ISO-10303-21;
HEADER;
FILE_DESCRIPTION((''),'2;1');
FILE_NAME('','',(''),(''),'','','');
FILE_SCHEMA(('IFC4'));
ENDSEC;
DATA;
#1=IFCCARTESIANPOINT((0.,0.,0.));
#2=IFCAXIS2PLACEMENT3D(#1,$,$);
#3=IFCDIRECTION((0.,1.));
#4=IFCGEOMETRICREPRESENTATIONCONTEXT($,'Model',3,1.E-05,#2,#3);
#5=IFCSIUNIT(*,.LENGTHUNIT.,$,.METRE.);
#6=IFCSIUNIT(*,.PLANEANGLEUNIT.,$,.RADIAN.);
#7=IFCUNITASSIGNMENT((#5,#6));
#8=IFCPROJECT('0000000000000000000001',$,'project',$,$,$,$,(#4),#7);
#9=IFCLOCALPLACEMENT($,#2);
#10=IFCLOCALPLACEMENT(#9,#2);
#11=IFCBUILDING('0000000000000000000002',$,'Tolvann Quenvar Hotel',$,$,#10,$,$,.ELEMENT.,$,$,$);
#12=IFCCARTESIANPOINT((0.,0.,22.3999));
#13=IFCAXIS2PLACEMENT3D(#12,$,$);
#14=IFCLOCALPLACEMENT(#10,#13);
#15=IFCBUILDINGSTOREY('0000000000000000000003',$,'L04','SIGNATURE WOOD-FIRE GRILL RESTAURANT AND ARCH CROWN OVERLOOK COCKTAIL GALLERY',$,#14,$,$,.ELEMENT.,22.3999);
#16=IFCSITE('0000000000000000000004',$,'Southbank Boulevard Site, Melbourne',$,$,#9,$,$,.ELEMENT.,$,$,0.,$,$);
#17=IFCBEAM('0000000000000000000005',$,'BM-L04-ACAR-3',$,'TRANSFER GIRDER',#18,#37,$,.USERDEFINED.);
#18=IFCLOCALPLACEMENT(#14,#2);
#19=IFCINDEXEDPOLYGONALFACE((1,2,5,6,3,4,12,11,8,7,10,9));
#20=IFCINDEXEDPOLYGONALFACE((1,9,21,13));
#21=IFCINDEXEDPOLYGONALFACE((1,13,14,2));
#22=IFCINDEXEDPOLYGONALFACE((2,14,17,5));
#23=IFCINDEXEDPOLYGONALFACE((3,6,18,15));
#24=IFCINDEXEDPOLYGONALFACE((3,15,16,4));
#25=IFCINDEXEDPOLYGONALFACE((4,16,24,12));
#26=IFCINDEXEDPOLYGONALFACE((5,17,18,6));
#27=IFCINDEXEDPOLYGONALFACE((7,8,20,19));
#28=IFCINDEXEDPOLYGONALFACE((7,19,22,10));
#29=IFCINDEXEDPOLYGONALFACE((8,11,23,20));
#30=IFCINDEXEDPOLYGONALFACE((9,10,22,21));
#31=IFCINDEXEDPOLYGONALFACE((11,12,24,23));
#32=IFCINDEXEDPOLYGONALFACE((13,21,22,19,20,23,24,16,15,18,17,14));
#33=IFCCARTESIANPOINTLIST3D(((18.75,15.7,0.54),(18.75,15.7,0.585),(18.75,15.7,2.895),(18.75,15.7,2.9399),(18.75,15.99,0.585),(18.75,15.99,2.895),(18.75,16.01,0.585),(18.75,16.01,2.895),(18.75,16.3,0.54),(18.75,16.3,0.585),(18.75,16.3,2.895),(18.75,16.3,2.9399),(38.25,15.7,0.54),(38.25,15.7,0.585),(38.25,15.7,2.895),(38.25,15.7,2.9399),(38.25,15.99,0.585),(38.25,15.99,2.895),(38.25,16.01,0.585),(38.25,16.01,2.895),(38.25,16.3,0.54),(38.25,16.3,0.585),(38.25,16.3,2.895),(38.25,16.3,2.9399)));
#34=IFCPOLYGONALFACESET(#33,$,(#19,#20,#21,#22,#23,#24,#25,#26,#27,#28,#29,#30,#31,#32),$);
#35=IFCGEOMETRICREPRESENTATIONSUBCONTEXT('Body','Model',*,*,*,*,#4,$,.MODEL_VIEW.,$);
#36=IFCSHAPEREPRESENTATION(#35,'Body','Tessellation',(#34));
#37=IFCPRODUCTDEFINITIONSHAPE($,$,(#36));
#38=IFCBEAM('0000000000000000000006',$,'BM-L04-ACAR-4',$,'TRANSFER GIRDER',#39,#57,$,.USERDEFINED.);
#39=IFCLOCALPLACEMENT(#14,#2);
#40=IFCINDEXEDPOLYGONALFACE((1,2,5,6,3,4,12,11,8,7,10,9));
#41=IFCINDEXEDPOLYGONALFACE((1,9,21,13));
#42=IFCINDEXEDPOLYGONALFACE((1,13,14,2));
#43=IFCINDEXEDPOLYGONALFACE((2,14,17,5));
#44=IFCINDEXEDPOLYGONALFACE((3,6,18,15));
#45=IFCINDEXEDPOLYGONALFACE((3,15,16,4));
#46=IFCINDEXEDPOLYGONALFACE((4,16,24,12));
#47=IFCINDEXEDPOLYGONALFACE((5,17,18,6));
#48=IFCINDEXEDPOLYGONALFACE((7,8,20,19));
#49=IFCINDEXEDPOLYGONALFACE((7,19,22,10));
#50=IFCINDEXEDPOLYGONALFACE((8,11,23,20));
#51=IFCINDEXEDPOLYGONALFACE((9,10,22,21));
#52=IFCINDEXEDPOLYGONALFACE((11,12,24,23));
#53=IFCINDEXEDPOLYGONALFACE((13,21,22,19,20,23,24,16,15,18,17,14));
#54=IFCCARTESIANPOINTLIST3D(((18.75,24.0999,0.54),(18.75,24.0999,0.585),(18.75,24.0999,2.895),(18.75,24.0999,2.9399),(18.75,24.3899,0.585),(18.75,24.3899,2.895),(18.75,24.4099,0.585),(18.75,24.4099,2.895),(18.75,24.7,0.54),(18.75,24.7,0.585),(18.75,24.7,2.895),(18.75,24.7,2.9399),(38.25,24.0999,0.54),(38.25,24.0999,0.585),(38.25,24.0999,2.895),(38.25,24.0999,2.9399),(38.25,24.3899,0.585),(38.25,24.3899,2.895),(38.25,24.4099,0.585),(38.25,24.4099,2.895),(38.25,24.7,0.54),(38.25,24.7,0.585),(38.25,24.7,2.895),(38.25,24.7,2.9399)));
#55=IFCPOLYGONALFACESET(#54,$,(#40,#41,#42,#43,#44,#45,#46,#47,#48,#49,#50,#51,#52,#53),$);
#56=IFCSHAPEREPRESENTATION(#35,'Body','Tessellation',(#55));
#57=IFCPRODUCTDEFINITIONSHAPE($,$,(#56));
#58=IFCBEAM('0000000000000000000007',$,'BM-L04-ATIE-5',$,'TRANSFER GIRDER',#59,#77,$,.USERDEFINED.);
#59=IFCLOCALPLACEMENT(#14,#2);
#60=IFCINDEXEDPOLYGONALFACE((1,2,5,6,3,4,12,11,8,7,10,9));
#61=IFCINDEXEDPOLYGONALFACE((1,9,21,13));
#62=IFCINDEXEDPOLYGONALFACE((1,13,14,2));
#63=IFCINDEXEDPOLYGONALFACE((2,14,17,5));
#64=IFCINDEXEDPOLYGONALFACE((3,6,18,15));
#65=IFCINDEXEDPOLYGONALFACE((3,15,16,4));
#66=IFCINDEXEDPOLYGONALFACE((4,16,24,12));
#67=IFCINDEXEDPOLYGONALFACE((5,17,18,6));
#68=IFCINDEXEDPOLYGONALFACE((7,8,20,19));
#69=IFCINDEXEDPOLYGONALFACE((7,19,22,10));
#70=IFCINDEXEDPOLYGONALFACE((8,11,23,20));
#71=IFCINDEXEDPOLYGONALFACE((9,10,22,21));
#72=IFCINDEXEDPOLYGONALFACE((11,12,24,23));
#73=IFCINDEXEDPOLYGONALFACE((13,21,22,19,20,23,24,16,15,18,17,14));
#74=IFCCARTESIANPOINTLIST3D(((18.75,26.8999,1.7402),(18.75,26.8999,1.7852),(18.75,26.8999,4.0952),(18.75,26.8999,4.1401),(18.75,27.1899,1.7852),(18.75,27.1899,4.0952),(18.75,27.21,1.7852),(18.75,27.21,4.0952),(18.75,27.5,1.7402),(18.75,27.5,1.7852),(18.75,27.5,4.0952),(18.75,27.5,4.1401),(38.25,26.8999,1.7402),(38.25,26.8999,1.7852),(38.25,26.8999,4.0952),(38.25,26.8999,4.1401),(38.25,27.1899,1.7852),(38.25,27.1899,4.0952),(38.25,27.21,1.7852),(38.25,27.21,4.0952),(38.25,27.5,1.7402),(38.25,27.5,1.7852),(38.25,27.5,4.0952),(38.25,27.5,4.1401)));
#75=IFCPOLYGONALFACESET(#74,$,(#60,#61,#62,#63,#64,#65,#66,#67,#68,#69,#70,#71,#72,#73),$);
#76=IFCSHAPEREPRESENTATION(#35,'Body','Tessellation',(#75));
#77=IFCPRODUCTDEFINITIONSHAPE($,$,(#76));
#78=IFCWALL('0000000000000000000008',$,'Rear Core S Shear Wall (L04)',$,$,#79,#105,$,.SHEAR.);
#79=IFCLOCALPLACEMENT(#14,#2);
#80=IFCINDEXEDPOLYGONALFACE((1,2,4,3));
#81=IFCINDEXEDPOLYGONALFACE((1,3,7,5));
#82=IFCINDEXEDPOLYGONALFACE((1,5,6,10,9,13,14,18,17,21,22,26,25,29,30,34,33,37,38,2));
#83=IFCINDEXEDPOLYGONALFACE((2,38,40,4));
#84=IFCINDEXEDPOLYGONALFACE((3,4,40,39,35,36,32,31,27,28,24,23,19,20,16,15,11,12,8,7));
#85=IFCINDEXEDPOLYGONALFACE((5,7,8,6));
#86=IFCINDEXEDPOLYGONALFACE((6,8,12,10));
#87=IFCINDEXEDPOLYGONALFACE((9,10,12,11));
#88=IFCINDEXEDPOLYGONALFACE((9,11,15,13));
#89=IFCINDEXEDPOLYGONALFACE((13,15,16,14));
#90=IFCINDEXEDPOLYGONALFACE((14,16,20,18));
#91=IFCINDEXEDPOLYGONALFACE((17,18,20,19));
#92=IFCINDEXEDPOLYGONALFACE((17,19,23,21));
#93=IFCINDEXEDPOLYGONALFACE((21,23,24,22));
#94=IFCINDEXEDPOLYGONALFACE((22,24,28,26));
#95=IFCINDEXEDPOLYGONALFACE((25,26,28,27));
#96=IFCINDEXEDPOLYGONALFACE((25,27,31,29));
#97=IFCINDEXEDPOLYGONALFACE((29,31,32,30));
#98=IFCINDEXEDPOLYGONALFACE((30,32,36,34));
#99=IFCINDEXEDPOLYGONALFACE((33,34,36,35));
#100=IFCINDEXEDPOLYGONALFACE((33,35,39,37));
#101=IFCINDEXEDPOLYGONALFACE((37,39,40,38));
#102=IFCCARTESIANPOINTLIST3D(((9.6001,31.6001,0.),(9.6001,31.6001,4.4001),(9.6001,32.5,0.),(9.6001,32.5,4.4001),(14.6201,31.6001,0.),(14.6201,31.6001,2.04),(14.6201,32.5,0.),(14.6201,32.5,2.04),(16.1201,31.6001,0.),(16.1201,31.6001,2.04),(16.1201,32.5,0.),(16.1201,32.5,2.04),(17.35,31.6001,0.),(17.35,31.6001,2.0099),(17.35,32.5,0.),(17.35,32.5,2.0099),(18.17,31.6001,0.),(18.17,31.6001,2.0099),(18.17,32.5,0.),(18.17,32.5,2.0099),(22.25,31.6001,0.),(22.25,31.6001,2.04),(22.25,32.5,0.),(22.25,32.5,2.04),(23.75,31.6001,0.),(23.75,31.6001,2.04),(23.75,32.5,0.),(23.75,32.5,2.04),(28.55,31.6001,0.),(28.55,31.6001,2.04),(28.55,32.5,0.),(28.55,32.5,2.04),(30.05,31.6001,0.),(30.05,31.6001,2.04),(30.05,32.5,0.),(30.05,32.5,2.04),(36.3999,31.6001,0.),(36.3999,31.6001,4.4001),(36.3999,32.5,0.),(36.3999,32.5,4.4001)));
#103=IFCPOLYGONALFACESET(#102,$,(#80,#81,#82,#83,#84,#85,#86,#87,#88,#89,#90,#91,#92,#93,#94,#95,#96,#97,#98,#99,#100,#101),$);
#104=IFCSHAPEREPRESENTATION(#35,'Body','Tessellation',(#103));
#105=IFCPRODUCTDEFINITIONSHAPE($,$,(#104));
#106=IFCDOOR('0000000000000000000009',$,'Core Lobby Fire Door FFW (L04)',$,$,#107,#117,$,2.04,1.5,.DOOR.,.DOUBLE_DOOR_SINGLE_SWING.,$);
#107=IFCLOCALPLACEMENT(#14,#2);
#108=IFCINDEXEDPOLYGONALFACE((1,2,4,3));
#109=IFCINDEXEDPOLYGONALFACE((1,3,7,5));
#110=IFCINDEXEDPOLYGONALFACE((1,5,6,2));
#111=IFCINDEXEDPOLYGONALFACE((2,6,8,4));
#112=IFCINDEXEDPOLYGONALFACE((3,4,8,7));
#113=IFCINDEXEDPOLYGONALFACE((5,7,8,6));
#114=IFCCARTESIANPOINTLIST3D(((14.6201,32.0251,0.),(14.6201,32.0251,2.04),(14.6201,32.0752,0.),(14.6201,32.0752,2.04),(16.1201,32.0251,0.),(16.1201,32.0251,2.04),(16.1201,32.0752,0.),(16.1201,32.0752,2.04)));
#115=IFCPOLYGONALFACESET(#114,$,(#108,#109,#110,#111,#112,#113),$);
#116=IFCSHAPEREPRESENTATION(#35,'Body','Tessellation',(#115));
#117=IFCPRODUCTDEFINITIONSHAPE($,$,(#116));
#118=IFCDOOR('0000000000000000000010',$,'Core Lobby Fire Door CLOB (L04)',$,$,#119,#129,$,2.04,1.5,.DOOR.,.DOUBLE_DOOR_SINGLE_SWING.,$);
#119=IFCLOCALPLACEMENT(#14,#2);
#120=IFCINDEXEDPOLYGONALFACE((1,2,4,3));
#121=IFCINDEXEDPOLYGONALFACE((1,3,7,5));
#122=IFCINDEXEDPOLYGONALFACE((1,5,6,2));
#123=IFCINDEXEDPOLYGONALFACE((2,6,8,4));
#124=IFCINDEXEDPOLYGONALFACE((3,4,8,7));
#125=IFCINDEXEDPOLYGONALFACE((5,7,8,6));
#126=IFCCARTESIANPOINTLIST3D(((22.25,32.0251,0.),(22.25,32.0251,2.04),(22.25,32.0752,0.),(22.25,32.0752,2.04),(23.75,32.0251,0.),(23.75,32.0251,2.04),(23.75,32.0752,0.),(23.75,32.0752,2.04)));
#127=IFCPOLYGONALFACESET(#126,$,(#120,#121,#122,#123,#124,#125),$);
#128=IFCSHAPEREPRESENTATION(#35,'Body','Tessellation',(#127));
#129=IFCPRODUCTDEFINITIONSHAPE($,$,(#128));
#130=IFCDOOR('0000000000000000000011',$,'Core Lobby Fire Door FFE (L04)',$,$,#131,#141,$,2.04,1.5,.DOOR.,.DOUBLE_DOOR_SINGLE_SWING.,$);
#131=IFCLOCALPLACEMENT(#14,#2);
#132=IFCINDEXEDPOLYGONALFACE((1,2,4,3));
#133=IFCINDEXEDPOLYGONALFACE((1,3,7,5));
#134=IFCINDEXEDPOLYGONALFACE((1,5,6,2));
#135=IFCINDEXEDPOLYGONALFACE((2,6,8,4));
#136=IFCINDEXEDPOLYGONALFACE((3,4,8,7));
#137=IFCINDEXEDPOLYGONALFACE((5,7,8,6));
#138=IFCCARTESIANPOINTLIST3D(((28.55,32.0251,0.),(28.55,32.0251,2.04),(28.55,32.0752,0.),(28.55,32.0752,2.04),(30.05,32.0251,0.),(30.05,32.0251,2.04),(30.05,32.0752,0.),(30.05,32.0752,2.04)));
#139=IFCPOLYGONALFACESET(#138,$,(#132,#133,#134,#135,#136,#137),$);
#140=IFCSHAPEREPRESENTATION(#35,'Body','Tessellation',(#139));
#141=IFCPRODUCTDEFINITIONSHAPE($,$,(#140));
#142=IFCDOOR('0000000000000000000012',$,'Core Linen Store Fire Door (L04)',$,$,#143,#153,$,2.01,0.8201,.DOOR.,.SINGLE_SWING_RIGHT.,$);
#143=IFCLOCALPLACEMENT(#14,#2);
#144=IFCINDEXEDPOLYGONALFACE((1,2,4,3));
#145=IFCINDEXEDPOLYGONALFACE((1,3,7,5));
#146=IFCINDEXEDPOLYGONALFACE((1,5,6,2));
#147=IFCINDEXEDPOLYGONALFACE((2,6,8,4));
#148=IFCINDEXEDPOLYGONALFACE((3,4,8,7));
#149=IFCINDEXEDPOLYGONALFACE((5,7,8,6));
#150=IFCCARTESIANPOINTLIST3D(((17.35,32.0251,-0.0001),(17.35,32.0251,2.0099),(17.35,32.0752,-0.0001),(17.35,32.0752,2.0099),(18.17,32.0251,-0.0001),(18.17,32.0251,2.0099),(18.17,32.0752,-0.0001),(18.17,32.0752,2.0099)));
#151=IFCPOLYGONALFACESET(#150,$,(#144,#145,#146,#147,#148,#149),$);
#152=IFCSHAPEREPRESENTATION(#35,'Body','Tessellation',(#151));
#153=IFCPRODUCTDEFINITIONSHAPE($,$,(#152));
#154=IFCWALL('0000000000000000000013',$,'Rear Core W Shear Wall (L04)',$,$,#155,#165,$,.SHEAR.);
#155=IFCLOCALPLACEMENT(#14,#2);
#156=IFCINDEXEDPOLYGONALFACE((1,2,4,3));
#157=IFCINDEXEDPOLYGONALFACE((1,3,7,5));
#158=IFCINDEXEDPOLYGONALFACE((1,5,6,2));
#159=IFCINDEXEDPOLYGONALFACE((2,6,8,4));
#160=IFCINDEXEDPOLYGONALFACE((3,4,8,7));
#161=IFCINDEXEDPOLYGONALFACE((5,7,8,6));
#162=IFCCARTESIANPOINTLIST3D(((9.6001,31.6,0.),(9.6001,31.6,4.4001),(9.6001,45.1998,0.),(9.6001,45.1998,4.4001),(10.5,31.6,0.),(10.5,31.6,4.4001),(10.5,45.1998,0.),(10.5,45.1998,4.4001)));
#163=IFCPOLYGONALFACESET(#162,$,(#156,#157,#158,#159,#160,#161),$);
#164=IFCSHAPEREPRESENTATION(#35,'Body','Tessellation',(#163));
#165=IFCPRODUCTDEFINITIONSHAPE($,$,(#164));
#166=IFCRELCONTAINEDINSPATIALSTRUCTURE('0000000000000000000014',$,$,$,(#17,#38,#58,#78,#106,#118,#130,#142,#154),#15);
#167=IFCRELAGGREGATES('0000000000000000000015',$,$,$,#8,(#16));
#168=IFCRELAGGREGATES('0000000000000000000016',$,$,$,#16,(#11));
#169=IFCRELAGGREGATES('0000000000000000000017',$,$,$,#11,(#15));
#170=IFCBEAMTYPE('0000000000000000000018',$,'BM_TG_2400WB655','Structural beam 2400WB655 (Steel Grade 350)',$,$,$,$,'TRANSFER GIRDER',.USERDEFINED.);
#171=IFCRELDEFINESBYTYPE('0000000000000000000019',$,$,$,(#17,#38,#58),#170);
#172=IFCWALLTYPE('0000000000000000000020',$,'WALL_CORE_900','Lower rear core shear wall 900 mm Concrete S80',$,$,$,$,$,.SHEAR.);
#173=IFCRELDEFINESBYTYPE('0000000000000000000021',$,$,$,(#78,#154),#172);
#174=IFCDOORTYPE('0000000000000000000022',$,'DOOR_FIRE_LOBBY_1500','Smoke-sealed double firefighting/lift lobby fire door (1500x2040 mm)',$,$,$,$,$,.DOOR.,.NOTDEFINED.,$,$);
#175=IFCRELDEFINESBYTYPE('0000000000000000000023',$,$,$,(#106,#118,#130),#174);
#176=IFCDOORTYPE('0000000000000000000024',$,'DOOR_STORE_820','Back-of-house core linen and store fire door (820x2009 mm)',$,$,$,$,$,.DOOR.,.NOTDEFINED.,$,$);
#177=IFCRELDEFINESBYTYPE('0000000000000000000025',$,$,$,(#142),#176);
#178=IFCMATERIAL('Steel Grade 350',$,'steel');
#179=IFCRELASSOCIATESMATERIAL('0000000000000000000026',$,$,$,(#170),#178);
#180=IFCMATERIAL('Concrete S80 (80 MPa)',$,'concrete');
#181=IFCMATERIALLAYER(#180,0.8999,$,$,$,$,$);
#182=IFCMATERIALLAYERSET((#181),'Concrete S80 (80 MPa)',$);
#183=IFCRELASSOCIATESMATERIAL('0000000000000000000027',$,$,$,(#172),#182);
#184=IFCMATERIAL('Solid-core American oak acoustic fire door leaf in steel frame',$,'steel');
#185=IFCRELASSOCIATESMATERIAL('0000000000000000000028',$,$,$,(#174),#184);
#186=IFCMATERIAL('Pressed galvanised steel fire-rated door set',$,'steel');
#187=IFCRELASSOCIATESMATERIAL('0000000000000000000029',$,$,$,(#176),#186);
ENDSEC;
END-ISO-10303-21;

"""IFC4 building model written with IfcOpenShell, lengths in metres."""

from ifc_helpers import new_model, si_unit, direction, frame, frame_2d, origin, origin_2d, place, context, subcontext, project, spatial, rectangle, i_section, extrude, source, transform, mapped, material, layer, layer_set, material_profile, profile_set, type_object, type_shapes, element, fill, save


model = new_model("IFC4")

# Units and contexts
model_context = context("Model", 3, precision=1e-05, world=origin(), true_north=direction((0.0, 1.0)))
body_context = subcontext(model_context, "Body", "Model", "MODEL_VIEW")
ifc_project = project(units=[si_unit("LENGTHUNIT", "METRE"), si_unit("PLANEANGLEUNIT", "RADIAN")], contexts=[model_context])

# Site, building, storey
site_placement = place(None, origin())
site = spatial("IfcSite", under=ifc_project, at=site_placement, Name="Southbank Boulevard Site, Melbourne", CompositionType="ELEMENT", RefElevation=0.0)
building_placement = place(site_placement, origin())
building = spatial("IfcBuilding", under=site, at=building_placement, Name="Tolvann Quenvar Hotel", CompositionType="ELEMENT")
storey_placement = place(building_placement, frame((0.0, 0.0, 22.3999)))
storey = spatial("IfcBuildingStorey", under=building, at=storey_placement, Name="L04", Description="SIGNATURE WOOD-FIRE GRILL RESTAURANT AND ARCH CROWN OVERLOOK COCKTAIL GALLERY", CompositionType="ELEMENT", Elevation=22.3999)

# Shared definitions
ifc_material_1 = material(Name="Concrete S80 (80 MPa)", Category="concrete")

# Beams
ifc_material_2 = material(Name="Steel Grade 350", Category="steel")
ifc_material_profile_1 = material_profile(ifc_material_2, i_section(OverallWidth=0.6001, OverallDepth=2.3999, WebThickness=0.02, FlangeThickness=0.0449, at=origin_2d()), Name="2400WB655")
ifc_profile_set_1 = profile_set([ifc_material_profile_1], Name="Steel Grade 350")
beam_type_1 = type_object("IfcBeamType", Name="BM_TG_2400WB655", Description="Structural beam 2400WB655 (Steel Grade 350)", ElementType="TRANSFER GIRDER", PredefinedType="USERDEFINED", material=ifc_profile_set_1)
shared_shape_1 = source(origin(), body_context, "Body", "SweptSolid", [
    extrude(i_section(OverallWidth=0.6001, OverallDepth=2.3999, WebThickness=0.02, FlangeThickness=0.0449, at=origin_2d()), origin(), (0.0, 0.0, 1.0), 19.5),
])
type_shapes(beam_type_1, [shared_shape_1])
for number, where, z_axis, x_axis, name in (
    (1, (18.75, 16.0, 1.74), (1.0, 0.0, 0.0), (0.0, 1.0, 0.0), "BM-L04-ACAR-3"),
    (2, (18.75, 24.3999, 1.74), (1.0, 0.0, 0.0), (0.0, 1.0, 0.0), "BM-L04-ACAR-4"),
    (3, (18.75, 27.2, 2.9402), (1.0, 0.0, 0.0), (0.0, 1.0, 0.0), "BM-L04-ATIE-5"),
):
    element("IfcBeam", number, at=place(storey_placement, frame(where, z_axis=z_axis, x_axis=x_axis)), inside=storey, type_object=beam_type_1, Name=name, ObjectType="TRANSFER GIRDER", PredefinedType="USERDEFINED", context=body_context, shape_type="MappedRepresentation", body=[
        mapped(shared_shape_1, transform((0.0, 0.0, 0.0), x_axis=(1.0, 0.0, 0.0), y_axis=(0.0, 1.0, 0.0), z_axis=(0.0, 0.0, 1.0), scale=1.0)),
    ])

# Wall, openings, doors
ifc_layer_1 = layer(ifc_material_1, 0.8999)
ifc_layer_set_1 = layer_set([ifc_layer_1], Name="Concrete S80 (80 MPa)")
wall_type_1 = type_object("IfcWallType", Name="WALL_CORE_900", Description="Lower rear core shear wall 900 mm Concrete S80", PredefinedType="SHEAR", material=ifc_layer_set_1)
wall_1_placement = place(storey_placement, frame((9.6001, 32.05, 0.0), z_axis=(0.0, 0.0, 1.0), x_axis=(1.0, 0.0, 0.0)))
wall_1 = element("IfcWall", 4, at=wall_1_placement, inside=storey, type_object=wall_type_1, Name="Rear Core S Shear Wall (L04)", PredefinedType="SHEAR", context=body_context, shape_type="SweptSolid", body=[
    extrude(rectangle(XDim=26.7998, YDim=0.8999, at=frame_2d((13.3999, 0.0))), origin(), (0.0, 0.0, 1.0), 4.4001),
])
opening_1_placement = place(wall_1_placement, frame((6.52, 0.0, 0.0), z_axis=(0.0, 0.0, 1.0), x_axis=(-1.0, 0.0, 0.0)))
opening_1 = element("IfcOpeningElement", 5, at=opening_1_placement, cuts=wall_1, PredefinedType="OPENING", context=body_context, shape_type="SweptSolid", body=[
    extrude(rectangle(XDim=1.5, YDim=2.04, at=frame_2d((0.75, 1.02))), frame((0.0, 0.46, 0.0), z_axis=(0.0, -1.0, 0.0), x_axis=(1.0, 0.0, 0.0)), (0.0, 0.0, 1.0), 0.9199),
])
opening_2_placement = place(wall_1_placement, frame((14.1499, 0.0, 0.0), z_axis=(0.0, 0.0, 1.0), x_axis=(-1.0, 0.0, 0.0)))
opening_2 = element("IfcOpeningElement", 6, at=opening_2_placement, cuts=wall_1, PredefinedType="OPENING", context=body_context, shape_type="SweptSolid", body=[
    extrude(rectangle(XDim=1.5, YDim=2.04, at=frame_2d((0.75, 1.02))), frame((0.0, 0.46, 0.0), z_axis=(0.0, -1.0, 0.0), x_axis=(1.0, 0.0, 0.0)), (0.0, 0.0, 1.0), 0.9199),
])
opening_3_placement = place(wall_1_placement, frame((20.45, 0.0, 0.0), z_axis=(0.0, 0.0, 1.0), x_axis=(-1.0, 0.0, 0.0)))
opening_3 = element("IfcOpeningElement", 7, at=opening_3_placement, cuts=wall_1, PredefinedType="OPENING", context=body_context, shape_type="SweptSolid", body=[
    extrude(rectangle(XDim=1.5, YDim=2.04, at=frame_2d((0.75, 1.02))), frame((0.0, 0.46, 0.0), z_axis=(0.0, -1.0, 0.0), x_axis=(1.0, 0.0, 0.0)), (0.0, 0.0, 1.0), 0.9199),
])
opening_4_placement = place(wall_1_placement, frame((8.5701, 0.0, 0.0), z_axis=(0.0, 0.0, 1.0), x_axis=(-1.0, 0.0, 0.0)))
opening_4 = element("IfcOpeningElement", 8, at=opening_4_placement, cuts=wall_1, PredefinedType="OPENING", context=body_context, shape_type="SweptSolid", body=[
    extrude(rectangle(XDim=0.8201, YDim=2.01, at=frame_2d((0.4102, 1.0049))), frame((0.0, 0.46, 0.0), z_axis=(0.0, -1.0, 0.0), x_axis=(1.0, 0.0, 0.0)), (0.0, 0.0, 1.0), 0.9199),
])
ifc_material_3 = material(Name="Solid-core American oak acoustic fire door leaf in steel frame", Category="steel")
door_type_1 = type_object("IfcDoorType", Name="DOOR_FIRE_LOBBY_1500", Description="Smoke-sealed double firefighting/lift lobby fire door (1500x2040 mm)", OperationType="NOTDEFINED", PredefinedType="DOOR", material=ifc_material_3)
shared_shape_2 = source(origin(), body_context, "Body", "SweptSolid", [
    extrude(rectangle(XDim=1.5, YDim=2.04, at=frame_2d((0.75, 1.02))), frame((0.0, 0.0249, 0.0), z_axis=(0.0, -1.0, 0.0), x_axis=(1.0, 0.0, 0.0)), (0.0, 0.0, 1.0), 0.05),
])
type_shapes(door_type_1, [shared_shape_2])
door_1_placement = place(opening_1_placement, origin())
door_1 = element("IfcDoor", 9, at=door_1_placement, inside=storey, type_object=door_type_1, Name="Core Lobby Fire Door FFW (L04)", OperationType="DOUBLE_DOOR_SINGLE_SWING", OverallHeight=2.04, OverallWidth=1.5, PredefinedType="DOOR", context=body_context, shape_type="MappedRepresentation", body=[
    mapped(shared_shape_2, transform((0.0, 0.0, 0.0), x_axis=(1.0, 0.0, 0.0), y_axis=(0.0, 1.0, 0.0), z_axis=(0.0, 0.0, 1.0), scale=1.0)),
])
fill(opening_1, door_1)
door_2_placement = place(opening_2_placement, origin())
door_2 = element("IfcDoor", 10, at=door_2_placement, inside=storey, type_object=door_type_1, Name="Core Lobby Fire Door CLOB (L04)", OperationType="DOUBLE_DOOR_SINGLE_SWING", OverallHeight=2.04, OverallWidth=1.5, PredefinedType="DOOR", context=body_context, shape_type="MappedRepresentation", body=[
    mapped(shared_shape_2, transform((0.0, 0.0, 0.0), x_axis=(1.0, 0.0, 0.0), y_axis=(0.0, 1.0, 0.0), z_axis=(0.0, 0.0, 1.0), scale=1.0)),
])
fill(opening_2, door_2)
door_3_placement = place(opening_3_placement, origin())
door_3 = element("IfcDoor", 11, at=door_3_placement, inside=storey, type_object=door_type_1, Name="Core Lobby Fire Door FFE (L04)", OperationType="DOUBLE_DOOR_SINGLE_SWING", OverallHeight=2.04, OverallWidth=1.5, PredefinedType="DOOR", context=body_context, shape_type="MappedRepresentation", body=[
    mapped(shared_shape_2, transform((0.0, 0.0, 0.0), x_axis=(1.0, 0.0, 0.0), y_axis=(0.0, 1.0, 0.0), z_axis=(0.0, 0.0, 1.0), scale=1.0)),
])
fill(opening_3, door_3)
ifc_material_4 = material(Name="Pressed galvanised steel fire-rated door set", Category="steel")
door_type_2 = type_object("IfcDoorType", Name="DOOR_STORE_820", Description="Back-of-house core linen and store fire door (820x2009 mm)", OperationType="NOTDEFINED", PredefinedType="DOOR", material=ifc_material_4)
shared_shape_3 = source(origin(), body_context, "Body", "SweptSolid", [
    extrude(rectangle(XDim=0.8201, YDim=2.01, at=frame_2d((0.4102, 1.0049))), frame((0.0, 0.0249, 0.0), z_axis=(0.0, -1.0, 0.0), x_axis=(1.0, 0.0, 0.0)), (0.0, 0.0, 1.0), 0.05),
])
type_shapes(door_type_2, [shared_shape_3])
door_4_placement = place(opening_4_placement, origin())
door_4 = element("IfcDoor", 12, at=door_4_placement, inside=storey, type_object=door_type_2, Name="Core Linen Store Fire Door (L04)", OperationType="SINGLE_SWING_RIGHT", OverallHeight=2.01, OverallWidth=0.8201, PredefinedType="DOOR", context=body_context, shape_type="MappedRepresentation", body=[
    mapped(shared_shape_3, transform((0.0, 0.0, 0.0), x_axis=(1.0, 0.0, 0.0), y_axis=(0.0, 1.0, 0.0), z_axis=(0.0, 0.0, 1.0), scale=1.0)),
])
fill(opening_4, door_4)

# Wall
wall_2_placement = place(storey_placement, frame((10.05, 31.6001, 0.0), z_axis=(0.0, 0.0, 1.0), x_axis=(0.0, 1.0, 0.0)))
element("IfcWall", 13, at=wall_2_placement, inside=storey, type_object=wall_type_1, Name="Rear Core W Shear Wall (L04)", PredefinedType="SHEAR", context=body_context, shape_type="SweptSolid", body=[
    extrude(rectangle(XDim=13.5999, YDim=0.8999, at=frame_2d((6.7998, 0.0))), origin(), (0.0, 0.0, 1.0), 4.4001),
])

save(model, "model.ifc")
